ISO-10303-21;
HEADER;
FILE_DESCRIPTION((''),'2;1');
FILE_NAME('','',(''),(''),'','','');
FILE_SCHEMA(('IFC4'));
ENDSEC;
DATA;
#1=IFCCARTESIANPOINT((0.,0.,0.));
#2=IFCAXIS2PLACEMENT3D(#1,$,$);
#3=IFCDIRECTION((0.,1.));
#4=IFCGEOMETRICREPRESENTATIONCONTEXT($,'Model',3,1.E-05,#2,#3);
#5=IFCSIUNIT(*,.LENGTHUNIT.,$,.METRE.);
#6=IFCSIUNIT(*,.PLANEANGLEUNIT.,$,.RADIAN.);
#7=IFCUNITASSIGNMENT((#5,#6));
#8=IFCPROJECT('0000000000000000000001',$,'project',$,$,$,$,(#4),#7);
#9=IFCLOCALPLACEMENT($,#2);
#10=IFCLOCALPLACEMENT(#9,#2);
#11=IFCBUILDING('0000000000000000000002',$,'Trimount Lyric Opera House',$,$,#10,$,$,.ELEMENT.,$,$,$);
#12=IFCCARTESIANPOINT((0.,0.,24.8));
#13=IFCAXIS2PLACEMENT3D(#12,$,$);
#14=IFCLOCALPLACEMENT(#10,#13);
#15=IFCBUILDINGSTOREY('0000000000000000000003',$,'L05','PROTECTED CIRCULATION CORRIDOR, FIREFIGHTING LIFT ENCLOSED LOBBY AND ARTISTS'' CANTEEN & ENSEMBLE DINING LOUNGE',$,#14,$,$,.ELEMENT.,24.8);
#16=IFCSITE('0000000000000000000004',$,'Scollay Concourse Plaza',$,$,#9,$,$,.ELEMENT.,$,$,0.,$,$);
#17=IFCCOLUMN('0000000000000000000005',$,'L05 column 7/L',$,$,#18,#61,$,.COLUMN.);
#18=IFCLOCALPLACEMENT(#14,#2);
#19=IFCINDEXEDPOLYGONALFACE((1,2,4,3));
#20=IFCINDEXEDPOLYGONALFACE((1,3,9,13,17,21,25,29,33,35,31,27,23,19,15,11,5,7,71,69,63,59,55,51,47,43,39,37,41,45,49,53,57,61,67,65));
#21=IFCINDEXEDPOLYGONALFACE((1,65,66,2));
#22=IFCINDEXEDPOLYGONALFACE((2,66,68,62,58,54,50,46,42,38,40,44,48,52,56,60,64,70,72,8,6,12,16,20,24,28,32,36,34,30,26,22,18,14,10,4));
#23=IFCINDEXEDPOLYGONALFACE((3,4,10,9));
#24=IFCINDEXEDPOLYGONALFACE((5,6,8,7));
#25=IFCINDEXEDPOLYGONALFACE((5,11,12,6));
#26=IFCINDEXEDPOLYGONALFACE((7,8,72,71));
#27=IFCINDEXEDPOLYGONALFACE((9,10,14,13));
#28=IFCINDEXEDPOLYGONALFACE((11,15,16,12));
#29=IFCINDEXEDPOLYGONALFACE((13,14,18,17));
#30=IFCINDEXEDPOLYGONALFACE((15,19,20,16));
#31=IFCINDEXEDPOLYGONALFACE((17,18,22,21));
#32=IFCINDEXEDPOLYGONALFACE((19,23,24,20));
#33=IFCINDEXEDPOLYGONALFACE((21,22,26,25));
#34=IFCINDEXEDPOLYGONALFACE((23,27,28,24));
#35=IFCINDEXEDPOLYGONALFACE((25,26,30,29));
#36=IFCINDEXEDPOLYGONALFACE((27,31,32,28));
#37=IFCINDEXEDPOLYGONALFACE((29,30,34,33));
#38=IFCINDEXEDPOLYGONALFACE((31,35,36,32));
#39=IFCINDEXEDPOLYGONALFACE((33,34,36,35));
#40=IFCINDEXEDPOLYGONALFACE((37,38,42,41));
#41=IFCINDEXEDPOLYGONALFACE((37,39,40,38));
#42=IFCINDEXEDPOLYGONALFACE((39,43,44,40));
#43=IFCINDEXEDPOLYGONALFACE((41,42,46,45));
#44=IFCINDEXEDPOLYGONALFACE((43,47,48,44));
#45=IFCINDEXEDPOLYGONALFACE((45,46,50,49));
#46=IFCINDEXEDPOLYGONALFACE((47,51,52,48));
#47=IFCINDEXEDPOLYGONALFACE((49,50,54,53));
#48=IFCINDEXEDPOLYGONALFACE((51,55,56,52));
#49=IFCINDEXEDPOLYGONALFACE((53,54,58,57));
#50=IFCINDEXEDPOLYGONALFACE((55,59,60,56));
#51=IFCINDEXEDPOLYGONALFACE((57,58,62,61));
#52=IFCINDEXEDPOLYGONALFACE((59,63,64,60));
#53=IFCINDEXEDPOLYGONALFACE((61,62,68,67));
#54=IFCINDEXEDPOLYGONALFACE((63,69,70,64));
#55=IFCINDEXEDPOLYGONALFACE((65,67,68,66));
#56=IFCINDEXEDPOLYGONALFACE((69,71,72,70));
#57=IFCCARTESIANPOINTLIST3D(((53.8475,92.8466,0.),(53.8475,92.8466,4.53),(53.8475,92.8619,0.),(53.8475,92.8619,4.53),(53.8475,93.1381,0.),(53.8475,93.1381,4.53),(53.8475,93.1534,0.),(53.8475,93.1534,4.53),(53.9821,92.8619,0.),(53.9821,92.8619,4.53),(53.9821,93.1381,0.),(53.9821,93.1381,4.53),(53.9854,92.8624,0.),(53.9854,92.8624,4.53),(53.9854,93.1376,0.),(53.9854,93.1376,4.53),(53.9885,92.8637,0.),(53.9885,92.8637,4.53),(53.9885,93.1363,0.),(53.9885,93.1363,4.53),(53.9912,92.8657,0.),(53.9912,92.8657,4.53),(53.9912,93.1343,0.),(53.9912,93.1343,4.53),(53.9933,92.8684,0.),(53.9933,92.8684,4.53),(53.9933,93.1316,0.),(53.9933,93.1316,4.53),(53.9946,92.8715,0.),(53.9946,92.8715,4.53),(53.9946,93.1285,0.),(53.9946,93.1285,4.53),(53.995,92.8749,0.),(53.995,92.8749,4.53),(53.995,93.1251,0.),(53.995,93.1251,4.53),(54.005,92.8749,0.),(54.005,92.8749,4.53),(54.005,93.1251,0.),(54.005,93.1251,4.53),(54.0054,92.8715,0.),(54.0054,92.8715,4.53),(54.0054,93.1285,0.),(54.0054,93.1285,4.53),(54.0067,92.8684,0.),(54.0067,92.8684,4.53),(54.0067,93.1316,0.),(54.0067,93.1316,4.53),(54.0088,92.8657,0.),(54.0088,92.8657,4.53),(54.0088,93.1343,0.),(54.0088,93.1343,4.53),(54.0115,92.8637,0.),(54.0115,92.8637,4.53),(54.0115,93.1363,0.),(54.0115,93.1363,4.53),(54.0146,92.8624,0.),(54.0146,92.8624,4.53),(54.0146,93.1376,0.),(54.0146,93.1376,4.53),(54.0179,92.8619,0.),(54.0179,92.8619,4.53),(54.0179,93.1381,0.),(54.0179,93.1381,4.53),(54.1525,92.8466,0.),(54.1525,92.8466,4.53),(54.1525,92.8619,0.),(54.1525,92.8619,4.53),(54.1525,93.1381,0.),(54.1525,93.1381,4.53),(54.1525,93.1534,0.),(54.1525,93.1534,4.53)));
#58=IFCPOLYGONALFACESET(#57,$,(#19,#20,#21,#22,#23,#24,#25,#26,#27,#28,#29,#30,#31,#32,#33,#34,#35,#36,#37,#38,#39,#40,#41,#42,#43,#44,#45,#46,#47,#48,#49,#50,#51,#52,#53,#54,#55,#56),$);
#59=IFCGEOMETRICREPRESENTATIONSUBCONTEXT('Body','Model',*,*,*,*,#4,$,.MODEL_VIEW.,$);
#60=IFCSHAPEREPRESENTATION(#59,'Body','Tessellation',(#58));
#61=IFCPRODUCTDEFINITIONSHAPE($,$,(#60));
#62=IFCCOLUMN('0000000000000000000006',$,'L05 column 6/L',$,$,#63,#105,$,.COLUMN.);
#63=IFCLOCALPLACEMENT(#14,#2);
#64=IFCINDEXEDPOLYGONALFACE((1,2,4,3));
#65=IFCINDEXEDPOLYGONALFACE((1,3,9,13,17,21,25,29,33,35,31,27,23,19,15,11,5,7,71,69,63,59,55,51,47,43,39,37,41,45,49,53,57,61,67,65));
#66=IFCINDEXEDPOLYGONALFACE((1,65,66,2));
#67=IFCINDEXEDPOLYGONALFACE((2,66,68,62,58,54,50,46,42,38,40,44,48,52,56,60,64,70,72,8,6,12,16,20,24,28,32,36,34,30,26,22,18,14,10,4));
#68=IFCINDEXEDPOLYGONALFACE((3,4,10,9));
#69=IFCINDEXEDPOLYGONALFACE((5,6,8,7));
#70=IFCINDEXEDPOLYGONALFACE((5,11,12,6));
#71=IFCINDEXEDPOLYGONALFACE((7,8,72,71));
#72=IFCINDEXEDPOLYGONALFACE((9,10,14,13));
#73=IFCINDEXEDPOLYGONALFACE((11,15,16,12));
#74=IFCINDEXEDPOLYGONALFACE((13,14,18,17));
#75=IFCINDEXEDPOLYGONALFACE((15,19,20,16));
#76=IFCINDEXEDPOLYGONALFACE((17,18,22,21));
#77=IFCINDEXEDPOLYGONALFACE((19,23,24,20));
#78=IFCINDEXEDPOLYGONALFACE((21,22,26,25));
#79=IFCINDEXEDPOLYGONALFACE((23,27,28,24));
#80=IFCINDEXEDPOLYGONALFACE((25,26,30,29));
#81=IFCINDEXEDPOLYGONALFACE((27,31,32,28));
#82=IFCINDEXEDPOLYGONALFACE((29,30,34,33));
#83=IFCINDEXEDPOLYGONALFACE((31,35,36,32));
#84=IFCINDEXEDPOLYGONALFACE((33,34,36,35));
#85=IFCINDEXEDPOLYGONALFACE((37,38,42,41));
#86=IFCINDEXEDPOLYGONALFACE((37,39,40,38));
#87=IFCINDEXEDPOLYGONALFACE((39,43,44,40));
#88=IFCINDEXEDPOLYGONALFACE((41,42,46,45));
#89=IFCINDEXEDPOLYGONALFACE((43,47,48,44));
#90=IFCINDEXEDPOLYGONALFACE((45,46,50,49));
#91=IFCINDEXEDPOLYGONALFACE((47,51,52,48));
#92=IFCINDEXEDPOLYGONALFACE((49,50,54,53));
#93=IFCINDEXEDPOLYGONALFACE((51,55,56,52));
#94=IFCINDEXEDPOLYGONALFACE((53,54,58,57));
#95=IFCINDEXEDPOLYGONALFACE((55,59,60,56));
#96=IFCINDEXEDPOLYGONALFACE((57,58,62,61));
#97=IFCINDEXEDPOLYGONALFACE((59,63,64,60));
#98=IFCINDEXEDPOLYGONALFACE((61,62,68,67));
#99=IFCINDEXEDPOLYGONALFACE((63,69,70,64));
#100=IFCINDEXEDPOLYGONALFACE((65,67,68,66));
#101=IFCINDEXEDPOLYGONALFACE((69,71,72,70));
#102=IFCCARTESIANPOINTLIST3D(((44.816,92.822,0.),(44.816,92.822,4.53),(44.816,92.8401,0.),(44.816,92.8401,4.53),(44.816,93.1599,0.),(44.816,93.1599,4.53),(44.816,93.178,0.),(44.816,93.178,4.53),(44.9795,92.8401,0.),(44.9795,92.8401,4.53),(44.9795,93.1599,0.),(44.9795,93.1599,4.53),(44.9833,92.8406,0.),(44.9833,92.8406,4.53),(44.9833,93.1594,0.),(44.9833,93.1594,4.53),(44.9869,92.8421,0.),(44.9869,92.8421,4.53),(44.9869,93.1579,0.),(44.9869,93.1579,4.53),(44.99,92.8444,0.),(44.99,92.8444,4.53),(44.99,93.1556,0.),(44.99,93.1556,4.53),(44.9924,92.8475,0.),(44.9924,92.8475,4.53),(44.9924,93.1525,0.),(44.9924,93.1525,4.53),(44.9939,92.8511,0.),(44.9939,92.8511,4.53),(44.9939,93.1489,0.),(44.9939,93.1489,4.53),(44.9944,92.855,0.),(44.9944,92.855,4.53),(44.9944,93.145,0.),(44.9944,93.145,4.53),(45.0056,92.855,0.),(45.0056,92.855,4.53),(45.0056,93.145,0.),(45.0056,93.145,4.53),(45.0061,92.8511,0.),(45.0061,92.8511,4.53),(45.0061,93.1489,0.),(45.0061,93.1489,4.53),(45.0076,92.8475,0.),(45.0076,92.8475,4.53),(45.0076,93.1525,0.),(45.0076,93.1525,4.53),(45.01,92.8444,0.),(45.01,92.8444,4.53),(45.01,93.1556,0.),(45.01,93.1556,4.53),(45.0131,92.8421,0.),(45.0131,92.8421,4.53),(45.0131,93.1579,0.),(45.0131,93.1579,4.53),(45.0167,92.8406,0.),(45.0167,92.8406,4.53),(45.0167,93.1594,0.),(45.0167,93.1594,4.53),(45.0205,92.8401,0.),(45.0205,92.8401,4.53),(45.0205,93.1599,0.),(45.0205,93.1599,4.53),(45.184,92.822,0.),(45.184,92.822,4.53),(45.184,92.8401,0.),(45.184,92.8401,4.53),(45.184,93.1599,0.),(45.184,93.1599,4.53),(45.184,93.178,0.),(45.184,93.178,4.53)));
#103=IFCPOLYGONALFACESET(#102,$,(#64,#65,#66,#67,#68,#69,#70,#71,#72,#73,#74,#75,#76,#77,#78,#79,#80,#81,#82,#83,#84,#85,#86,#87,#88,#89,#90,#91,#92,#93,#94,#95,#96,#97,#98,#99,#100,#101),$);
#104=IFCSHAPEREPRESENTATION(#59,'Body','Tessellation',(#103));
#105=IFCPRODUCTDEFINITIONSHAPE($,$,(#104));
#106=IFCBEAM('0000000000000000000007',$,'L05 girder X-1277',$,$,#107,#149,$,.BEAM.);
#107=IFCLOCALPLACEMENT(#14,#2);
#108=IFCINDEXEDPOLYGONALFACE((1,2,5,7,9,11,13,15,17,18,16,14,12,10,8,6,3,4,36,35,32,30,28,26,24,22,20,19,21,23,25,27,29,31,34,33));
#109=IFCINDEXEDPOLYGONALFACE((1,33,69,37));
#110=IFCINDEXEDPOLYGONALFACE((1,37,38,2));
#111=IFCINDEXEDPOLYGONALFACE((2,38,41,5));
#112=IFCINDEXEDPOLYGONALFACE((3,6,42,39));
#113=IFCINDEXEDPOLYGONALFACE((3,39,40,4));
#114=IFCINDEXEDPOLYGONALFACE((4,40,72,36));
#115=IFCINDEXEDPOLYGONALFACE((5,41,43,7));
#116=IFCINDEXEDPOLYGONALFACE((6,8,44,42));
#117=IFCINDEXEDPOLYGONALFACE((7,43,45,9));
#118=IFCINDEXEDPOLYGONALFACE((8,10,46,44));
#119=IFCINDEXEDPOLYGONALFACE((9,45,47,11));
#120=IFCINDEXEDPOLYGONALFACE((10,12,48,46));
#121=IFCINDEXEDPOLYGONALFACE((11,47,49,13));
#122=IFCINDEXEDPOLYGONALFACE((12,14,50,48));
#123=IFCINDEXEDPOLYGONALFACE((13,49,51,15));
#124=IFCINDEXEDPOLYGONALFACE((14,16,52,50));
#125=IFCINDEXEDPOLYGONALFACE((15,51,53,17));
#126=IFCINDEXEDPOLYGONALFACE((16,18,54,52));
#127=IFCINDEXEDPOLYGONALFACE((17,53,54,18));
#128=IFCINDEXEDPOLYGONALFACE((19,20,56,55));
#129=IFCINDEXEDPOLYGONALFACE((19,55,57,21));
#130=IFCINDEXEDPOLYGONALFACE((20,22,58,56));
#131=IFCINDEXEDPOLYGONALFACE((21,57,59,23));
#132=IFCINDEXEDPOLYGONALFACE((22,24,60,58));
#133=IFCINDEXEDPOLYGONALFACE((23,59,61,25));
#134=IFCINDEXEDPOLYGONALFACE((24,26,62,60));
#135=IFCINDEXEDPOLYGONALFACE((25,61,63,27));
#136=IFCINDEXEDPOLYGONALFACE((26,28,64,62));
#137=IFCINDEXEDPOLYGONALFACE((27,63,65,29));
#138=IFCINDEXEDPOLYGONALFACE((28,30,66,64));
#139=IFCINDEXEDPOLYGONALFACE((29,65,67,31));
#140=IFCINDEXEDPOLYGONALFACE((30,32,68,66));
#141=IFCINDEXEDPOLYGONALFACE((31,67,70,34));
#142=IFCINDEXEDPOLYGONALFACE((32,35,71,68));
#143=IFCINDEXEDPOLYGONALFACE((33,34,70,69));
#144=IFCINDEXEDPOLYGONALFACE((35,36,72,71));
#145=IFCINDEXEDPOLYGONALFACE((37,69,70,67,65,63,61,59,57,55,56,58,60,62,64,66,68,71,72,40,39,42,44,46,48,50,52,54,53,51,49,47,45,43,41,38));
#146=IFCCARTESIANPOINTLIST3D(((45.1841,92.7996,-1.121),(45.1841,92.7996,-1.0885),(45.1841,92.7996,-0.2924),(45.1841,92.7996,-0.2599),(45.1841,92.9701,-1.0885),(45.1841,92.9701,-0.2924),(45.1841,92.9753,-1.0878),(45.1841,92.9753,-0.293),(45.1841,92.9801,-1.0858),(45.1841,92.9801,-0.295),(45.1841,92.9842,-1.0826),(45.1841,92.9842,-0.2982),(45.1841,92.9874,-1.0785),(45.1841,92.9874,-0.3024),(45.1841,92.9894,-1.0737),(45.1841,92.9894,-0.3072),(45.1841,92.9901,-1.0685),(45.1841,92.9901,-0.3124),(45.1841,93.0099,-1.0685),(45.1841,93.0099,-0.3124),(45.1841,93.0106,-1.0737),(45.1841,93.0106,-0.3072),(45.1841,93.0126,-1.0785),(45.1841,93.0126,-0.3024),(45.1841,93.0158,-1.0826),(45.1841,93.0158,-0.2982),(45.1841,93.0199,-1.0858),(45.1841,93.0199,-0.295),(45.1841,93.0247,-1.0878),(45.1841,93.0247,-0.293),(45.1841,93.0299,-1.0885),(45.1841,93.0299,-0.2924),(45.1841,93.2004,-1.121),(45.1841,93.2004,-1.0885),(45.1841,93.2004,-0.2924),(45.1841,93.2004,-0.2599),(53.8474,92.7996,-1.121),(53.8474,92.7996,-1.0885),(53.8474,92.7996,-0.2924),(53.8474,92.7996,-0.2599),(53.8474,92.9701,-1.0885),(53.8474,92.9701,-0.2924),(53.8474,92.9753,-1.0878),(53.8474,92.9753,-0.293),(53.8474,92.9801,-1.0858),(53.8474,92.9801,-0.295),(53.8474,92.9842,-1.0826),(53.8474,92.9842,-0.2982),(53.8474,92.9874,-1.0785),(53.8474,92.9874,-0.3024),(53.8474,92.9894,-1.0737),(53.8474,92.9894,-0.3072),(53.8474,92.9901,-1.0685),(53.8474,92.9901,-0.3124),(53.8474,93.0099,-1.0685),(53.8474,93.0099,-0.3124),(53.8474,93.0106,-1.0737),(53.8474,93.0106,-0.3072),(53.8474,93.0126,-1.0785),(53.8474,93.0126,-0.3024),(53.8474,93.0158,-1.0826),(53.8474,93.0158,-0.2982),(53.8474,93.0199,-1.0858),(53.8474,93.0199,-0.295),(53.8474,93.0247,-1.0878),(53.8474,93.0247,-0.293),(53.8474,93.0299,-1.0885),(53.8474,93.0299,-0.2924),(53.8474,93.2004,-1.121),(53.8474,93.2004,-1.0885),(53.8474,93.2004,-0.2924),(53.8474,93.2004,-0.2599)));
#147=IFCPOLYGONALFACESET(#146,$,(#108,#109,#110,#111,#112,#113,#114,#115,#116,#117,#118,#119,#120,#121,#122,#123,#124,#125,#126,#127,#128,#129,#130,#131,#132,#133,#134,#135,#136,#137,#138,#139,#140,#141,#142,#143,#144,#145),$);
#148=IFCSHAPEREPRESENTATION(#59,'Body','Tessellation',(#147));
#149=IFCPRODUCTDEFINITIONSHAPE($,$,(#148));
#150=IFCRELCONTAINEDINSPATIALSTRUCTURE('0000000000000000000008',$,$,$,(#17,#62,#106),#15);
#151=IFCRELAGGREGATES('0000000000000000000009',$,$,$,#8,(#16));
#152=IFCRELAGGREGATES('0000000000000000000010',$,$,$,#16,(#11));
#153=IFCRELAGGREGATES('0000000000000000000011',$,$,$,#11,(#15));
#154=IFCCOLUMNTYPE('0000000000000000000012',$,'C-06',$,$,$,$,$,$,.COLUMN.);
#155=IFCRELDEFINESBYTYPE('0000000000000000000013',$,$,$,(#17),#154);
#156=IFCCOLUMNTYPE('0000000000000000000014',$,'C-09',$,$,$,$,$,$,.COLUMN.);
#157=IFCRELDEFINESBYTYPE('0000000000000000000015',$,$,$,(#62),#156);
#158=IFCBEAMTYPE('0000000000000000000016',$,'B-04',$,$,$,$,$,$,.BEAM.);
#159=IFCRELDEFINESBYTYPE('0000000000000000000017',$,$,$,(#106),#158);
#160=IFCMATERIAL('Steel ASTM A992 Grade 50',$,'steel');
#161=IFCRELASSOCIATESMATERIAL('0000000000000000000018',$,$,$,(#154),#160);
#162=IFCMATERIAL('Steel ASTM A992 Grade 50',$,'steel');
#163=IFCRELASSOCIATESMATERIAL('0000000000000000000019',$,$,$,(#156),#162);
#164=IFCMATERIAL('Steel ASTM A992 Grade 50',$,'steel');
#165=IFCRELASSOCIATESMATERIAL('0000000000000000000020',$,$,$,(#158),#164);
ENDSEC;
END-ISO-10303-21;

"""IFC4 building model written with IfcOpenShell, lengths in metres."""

from ifc_helpers import new_model, si_unit, direction, frame, origin, origin_2d, place, context, subcontext, project, spatial, i_section, extrude, material, material_profile, profile_set, type_object, element, save


model = new_model("IFC4")

# Units and contexts
model_context = context("Model", 3, precision=1e-05, world=origin(), true_north=direction((0.0, 1.0)))
body_context = subcontext(model_context, "Body", "Model", "MODEL_VIEW")
ifc_project = project(units=[si_unit("LENGTHUNIT", "METRE"), si_unit("PLANEANGLEUNIT", "RADIAN")], contexts=[model_context])

# Site, building, storey
site_placement = place(None, origin())
site = spatial("IfcSite", under=ifc_project, at=site_placement, Name="Scollay Concourse Plaza", CompositionType="ELEMENT", RefElevation=0.0)
building_placement = place(site_placement, origin())
building = spatial("IfcBuilding", under=site, at=building_placement, Name="Trimount Lyric Opera House", CompositionType="ELEMENT")
storey_placement = place(building_placement, frame((0.0, 0.0, 24.8)))
storey = spatial("IfcBuildingStorey", under=building, at=storey_placement, Name="L05", Description="PROTECTED CIRCULATION CORRIDOR, FIREFIGHTING LIFT ENCLOSED LOBBY AND ARTISTS' CANTEEN & ENSEMBLE DINING LOUNGE", CompositionType="ELEMENT", Elevation=24.8)

# Columns
ifc_material_1 = material(Name="Steel ASTM A992 Grade 50", Category="steel")
ifc_material_profile_1 = material_profile(ifc_material_1, i_section(OverallWidth=0.3049, OverallDepth=0.3069, WebThickness=0.01, FlangeThickness=0.0154, FilletRadius=0.0129, at=origin_2d()), Name="W12X65")
ifc_profile_set_1 = profile_set([ifc_material_profile_1], Name="Steel ASTM A992 Grade 50")
column_type_1 = type_object("IfcColumnType", Name="C-06", PredefinedType="COLUMN", material=ifc_profile_set_1)
column_1_placement = place(storey_placement, frame((54.0, 93.0, 0.0), z_axis=(0.0, 0.0, 1.0), x_axis=(1.0, 0.0, 0.0)))
element("IfcColumn", 1, at=column_1_placement, inside=storey, type_object=column_type_1, Name="L05 column 7/L", PredefinedType="COLUMN", context=body_context, shape_type="SweptSolid", body=[
    extrude(i_section(OverallWidth=0.3049, OverallDepth=0.3069, WebThickness=0.01, FlangeThickness=0.0154, FilletRadius=0.0129, at=origin_2d()), origin(), (0.0, 0.0, 1.0), 4.53),
])
ifc_material_2 = material(Name="Steel ASTM A992 Grade 50", Category="steel")
ifc_material_profile_2 = material_profile(ifc_material_2, i_section(OverallWidth=0.3679, OverallDepth=0.356, WebThickness=0.0112, FlangeThickness=0.0181, FilletRadius=0.0149, at=origin_2d()), Name="W14X90")
ifc_profile_set_2 = profile_set([ifc_material_profile_2], Name="Steel ASTM A992 Grade 50")
column_type_2 = type_object("IfcColumnType", Name="C-09", PredefinedType="COLUMN", material=ifc_profile_set_2)
column_2_placement = place(storey_placement, frame((45.0, 93.0, 0.0), z_axis=(0.0, 0.0, 1.0), x_axis=(1.0, 0.0, 0.0)))
element("IfcColumn", 2, at=column_2_placement, inside=storey, type_object=column_type_2, Name="L05 column 6/L", PredefinedType="COLUMN", context=body_context, shape_type="SweptSolid", body=[
    extrude(i_section(OverallWidth=0.3679, OverallDepth=0.356, WebThickness=0.0112, FlangeThickness=0.0181, FilletRadius=0.0149, at=origin_2d()), origin(), (0.0, 0.0, 1.0), 4.53),
])

# Beam
ifc_material_3 = material(Name="Steel ASTM A992 Grade 50", Category="steel")
ifc_material_profile_3 = material_profile(ifc_material_3, i_section(OverallWidth=0.4009, OverallDepth=0.8611, WebThickness=0.0198, FlangeThickness=0.0325, FilletRadius=0.02, at=origin_2d()), Name="W33X221")
ifc_profile_set_3 = profile_set([ifc_material_profile_3], Name="Steel ASTM A992 Grade 50")
beam_type_1 = type_object("IfcBeamType", Name="B-04", PredefinedType="BEAM", material=ifc_profile_set_3)
beam_1_placement = place(storey_placement, frame((45.1841, 93.0, -0.6904), z_axis=(1.0, 0.0, 0.0), x_axis=(0.0, 1.0, 0.0)))
element("IfcBeam", 3, at=beam_1_placement, inside=storey, type_object=beam_type_1, Name="L05 girder X-1277", PredefinedType="BEAM", context=body_context, shape_type="SweptSolid", body=[
    extrude(i_section(OverallWidth=0.4009, OverallDepth=0.8611, WebThickness=0.0198, FlangeThickness=0.0325, FilletRadius=0.02, at=origin_2d()), origin(), (0.0, 0.0, 1.0), 8.6633),
])

save(model, "model.ifc")
